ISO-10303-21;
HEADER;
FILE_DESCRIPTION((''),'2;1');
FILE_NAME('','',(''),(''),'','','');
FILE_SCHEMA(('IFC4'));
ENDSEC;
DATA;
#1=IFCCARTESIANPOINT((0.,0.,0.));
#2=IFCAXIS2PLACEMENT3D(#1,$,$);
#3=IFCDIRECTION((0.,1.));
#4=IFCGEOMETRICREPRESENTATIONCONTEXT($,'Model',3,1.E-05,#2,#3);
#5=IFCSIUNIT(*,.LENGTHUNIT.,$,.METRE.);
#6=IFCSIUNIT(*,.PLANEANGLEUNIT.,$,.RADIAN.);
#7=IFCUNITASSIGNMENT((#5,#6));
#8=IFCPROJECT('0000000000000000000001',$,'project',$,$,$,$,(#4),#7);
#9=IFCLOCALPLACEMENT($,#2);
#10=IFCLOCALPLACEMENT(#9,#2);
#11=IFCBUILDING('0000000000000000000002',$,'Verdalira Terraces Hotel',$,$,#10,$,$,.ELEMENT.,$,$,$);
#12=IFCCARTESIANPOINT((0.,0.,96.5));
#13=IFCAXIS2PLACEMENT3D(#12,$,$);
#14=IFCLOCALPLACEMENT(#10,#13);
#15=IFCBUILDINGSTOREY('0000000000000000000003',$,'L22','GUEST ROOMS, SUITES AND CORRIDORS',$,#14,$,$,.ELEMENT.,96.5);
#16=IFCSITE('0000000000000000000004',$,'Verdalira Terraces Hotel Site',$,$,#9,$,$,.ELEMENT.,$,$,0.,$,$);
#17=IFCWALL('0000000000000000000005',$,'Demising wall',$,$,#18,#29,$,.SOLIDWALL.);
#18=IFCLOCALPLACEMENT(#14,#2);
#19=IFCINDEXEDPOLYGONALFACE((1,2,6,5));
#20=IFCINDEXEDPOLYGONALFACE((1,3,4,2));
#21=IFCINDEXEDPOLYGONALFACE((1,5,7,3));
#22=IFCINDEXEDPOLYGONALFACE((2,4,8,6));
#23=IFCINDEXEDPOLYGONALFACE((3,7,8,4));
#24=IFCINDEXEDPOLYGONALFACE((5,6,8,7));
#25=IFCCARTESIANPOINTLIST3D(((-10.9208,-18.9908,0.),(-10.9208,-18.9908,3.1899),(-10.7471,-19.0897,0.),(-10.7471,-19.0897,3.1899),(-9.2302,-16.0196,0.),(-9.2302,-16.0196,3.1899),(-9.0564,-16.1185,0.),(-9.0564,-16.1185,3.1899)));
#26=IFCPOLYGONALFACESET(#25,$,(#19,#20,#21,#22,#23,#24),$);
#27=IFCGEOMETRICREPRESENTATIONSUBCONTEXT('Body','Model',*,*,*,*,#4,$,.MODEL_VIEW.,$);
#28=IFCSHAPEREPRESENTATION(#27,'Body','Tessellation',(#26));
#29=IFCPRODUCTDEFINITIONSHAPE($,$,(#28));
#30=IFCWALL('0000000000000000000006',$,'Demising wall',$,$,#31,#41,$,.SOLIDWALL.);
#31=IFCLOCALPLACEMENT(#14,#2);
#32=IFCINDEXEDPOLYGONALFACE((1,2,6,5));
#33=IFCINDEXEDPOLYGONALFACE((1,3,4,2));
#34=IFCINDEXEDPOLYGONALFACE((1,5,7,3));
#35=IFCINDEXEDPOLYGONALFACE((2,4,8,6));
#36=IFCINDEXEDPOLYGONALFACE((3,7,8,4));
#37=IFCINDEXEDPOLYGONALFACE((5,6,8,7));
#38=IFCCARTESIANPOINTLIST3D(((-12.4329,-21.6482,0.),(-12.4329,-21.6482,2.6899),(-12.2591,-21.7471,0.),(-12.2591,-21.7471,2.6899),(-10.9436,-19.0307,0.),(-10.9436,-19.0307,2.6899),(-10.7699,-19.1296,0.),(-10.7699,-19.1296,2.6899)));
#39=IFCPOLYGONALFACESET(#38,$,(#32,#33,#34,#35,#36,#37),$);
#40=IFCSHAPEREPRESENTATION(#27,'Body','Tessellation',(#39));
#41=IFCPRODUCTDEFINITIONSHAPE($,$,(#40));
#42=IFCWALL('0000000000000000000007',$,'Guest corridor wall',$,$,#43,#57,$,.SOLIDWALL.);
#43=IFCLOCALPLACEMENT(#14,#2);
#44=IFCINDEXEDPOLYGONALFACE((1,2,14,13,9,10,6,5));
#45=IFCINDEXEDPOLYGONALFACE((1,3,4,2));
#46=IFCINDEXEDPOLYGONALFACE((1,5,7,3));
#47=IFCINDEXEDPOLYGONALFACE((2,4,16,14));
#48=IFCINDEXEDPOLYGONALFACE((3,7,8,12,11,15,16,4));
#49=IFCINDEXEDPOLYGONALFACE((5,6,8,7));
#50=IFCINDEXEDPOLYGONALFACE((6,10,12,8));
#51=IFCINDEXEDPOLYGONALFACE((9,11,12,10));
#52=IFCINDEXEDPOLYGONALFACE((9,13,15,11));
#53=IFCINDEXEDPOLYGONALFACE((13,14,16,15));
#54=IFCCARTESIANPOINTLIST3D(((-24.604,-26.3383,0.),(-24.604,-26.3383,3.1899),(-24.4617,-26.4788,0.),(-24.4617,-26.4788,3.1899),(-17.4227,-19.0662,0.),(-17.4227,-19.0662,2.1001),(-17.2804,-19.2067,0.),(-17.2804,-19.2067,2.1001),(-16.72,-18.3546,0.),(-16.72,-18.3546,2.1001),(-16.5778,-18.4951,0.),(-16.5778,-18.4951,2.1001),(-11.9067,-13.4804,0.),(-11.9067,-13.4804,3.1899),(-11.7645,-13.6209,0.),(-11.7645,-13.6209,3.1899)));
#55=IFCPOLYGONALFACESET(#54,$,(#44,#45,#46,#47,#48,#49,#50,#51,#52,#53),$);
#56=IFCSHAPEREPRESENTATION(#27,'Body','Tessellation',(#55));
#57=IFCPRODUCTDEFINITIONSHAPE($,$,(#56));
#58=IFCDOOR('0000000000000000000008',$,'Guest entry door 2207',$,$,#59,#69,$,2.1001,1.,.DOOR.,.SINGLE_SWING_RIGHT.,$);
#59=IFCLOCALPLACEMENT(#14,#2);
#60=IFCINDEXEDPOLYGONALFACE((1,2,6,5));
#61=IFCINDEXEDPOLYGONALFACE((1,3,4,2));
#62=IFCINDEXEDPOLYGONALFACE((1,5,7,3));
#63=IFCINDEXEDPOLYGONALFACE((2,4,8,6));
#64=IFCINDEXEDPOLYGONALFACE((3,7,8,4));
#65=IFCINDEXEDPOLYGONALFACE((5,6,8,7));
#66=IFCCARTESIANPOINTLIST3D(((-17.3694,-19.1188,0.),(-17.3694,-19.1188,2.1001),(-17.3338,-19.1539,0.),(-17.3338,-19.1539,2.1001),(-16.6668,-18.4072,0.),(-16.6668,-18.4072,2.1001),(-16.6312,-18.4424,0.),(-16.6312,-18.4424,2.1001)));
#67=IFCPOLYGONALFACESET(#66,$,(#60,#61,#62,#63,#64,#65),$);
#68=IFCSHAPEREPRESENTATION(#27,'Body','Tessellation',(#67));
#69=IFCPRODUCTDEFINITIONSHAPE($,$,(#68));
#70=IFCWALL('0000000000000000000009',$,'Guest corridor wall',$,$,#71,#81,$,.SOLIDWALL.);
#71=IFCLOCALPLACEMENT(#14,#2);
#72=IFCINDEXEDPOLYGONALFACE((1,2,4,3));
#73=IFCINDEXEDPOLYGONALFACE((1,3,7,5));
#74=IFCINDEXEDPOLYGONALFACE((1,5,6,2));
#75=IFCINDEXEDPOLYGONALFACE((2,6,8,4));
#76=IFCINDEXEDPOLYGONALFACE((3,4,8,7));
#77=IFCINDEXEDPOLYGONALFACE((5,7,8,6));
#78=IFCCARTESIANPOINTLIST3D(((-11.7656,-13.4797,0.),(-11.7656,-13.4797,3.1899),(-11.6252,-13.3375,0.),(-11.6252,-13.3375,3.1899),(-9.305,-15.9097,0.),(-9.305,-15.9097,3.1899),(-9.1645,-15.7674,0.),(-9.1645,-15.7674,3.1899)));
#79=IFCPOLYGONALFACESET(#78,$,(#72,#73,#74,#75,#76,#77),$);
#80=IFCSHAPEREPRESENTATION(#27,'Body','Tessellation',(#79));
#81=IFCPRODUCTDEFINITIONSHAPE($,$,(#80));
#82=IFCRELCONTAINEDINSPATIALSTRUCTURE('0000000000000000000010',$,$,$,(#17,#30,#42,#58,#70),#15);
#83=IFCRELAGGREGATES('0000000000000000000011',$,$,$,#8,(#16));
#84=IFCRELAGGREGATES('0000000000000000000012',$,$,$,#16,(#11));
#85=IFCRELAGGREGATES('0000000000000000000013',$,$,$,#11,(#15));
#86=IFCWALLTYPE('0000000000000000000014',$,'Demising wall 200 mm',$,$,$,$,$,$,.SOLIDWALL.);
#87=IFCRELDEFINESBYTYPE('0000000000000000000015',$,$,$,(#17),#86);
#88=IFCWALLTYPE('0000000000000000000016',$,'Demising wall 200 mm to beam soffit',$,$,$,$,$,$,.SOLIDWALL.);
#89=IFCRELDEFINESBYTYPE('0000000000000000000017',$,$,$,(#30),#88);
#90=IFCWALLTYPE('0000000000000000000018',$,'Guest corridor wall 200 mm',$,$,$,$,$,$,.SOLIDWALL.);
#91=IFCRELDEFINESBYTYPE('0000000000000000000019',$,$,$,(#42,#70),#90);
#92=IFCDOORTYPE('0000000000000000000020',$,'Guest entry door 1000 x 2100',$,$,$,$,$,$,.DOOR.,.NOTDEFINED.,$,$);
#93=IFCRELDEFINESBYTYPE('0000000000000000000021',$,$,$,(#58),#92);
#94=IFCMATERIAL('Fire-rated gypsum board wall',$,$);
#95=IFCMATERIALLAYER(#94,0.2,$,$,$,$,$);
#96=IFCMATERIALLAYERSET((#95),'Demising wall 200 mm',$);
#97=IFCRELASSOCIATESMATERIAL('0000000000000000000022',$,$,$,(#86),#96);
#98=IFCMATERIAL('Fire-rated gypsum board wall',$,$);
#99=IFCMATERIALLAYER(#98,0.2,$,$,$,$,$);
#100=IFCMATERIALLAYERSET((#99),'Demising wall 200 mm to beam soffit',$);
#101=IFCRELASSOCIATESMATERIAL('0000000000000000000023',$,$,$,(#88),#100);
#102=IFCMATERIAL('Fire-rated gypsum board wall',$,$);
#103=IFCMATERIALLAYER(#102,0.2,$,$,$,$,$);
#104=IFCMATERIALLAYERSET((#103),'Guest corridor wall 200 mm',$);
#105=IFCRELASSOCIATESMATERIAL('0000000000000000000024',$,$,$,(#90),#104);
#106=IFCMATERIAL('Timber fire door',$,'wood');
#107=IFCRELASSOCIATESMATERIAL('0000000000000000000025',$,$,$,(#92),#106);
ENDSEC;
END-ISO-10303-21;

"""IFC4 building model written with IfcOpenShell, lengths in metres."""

from ifc_helpers import new_model, si_unit, direction, frame, frame_2d, origin, place, context, subcontext, project, spatial, rectangle, extrude, material, layer, layer_set, type_object, element, fill, save


model = new_model("IFC4")

# Units and contexts
model_context = context("Model", 3, precision=1e-05, world=origin(), true_north=direction((0.0, 1.0)))
body_context = subcontext(model_context, "Body", "Model", "MODEL_VIEW")
ifc_project = project(units=[si_unit("LENGTHUNIT", "METRE"), si_unit("PLANEANGLEUNIT", "RADIAN")], contexts=[model_context])

# Site, building, storey
site_placement = place(None, origin())
site = spatial("IfcSite", under=ifc_project, at=site_placement, Name="Verdalira Terraces Hotel Site", CompositionType="ELEMENT", RefElevation=0.0)
building_placement = place(site_placement, origin())
building = spatial("IfcBuilding", under=site, at=building_placement, Name="Verdalira Terraces Hotel", CompositionType="ELEMENT")
storey_placement = place(building_placement, frame((0.0, 0.0, 96.5)))
storey = spatial("IfcBuildingStorey", under=building, at=storey_placement, Name="L22", Description="GUEST ROOMS, SUITES AND CORRIDORS", CompositionType="ELEMENT", Elevation=96.5)

# Walls
ifc_material_1 = material(Name="Fire-rated gypsum board wall")
ifc_layer_1 = layer(ifc_material_1, 0.2)
ifc_layer_set_1 = layer_set([ifc_layer_1], Name="Demising wall 200 mm")
wall_type_1 = type_object("IfcWallType", Name="Demising wall 200 mm", PredefinedType="SOLIDWALL", material=ifc_layer_set_1)
wall_1_placement = place(storey_placement, frame((-9.1433, -16.0691, 0.0), z_axis=(0.0, 0.0, 1.0), x_axis=(-0.494561, -0.869143, 0.0)))
element("IfcWall", 1, at=wall_1_placement, inside=storey, type_object=wall_type_1, Name="Demising wall", PredefinedType="SOLIDWALL", context=body_context, shape_type="SweptSolid", body=[
    extrude(rectangle(XDim=3.4185, YDim=0.2, at=frame_2d((1.7092, 0.0))), origin(), (0.0, 0.0, 1.0), 3.1899),
])
ifc_material_2 = material(Name="Fire-rated gypsum board wall")
ifc_layer_2 = layer(ifc_material_2, 0.2)
ifc_layer_set_2 = layer_set([ifc_layer_2], Name="Demising wall 200 mm to beam soffit")
wall_type_2 = type_object("IfcWallType", Name="Demising wall 200 mm to beam soffit", PredefinedType="SOLIDWALL", material=ifc_layer_set_2)
wall_2_placement = place(storey_placement, frame((-10.8567, -19.0801, 0.0), z_axis=(0.0, 0.0, 1.0), x_axis=(-0.494532, -0.86916, 0.0)))
element("IfcWall", 2, at=wall_2_placement, inside=storey, type_object=wall_type_2, Name="Demising wall", PredefinedType="SOLIDWALL", context=body_context, shape_type="SweptSolid", body=[
    extrude(rectangle(XDim=3.0115, YDim=0.2, at=frame_2d((1.5059, 0.0))), origin(), (0.0, 0.0, 1.0), 2.6899),
])

# Wall, opening, door
ifc_material_3 = material(Name="Fire-rated gypsum board wall")
ifc_layer_3 = layer(ifc_material_3, 0.2)
ifc_layer_set_3 = layer_set([ifc_layer_3], Name="Guest corridor wall 200 mm")
wall_type_3 = type_object("IfcWallType", Name="Guest corridor wall 200 mm", PredefinedType="SOLIDWALL", material=ifc_layer_set_3)
wall_3_placement = place(storey_placement, frame((-11.8357, -13.5508, 0.0), z_axis=(0.0, 0.0, 1.0), x_axis=(-0.702648, -0.711538, 0.0)))
wall_3 = element("IfcWall", 3, at=wall_3_placement, inside=storey, type_object=wall_type_3, Name="Guest corridor wall", PredefinedType="SOLIDWALL", context=body_context, shape_type="SweptSolid", body=[
    extrude(rectangle(XDim=18.0706, YDim=0.2, at=frame_2d((9.0352, 0.0))), origin(), (0.0, 0.0, 1.0), 3.1899),
])
opening_1_placement = place(wall_3_placement, frame((6.8501, 0.0, 0.0)))
opening_1 = element("IfcOpeningElement", 4, at=opening_1_placement, cuts=wall_3, PredefinedType="OPENING", context=body_context, shape_type="SweptSolid", body=[
    extrude(rectangle(XDim=1.0, YDim=2.1001, at=frame_2d((0.5, 1.05))), frame((0.0, 0.1099, 0.0), z_axis=(0.0, -1.0, 0.0), x_axis=(1.0, 0.0, 0.0)), (0.0, 0.0, 1.0), 0.22),
])
ifc_material_4 = material(Name="Timber fire door", Category="wood")
door_type_1 = type_object("IfcDoorType", Name="Guest entry door 1000 x 2100", OperationType="NOTDEFINED", PredefinedType="DOOR", material=ifc_material_4)
door_1_placement = place(opening_1_placement, origin())
door_1 = element("IfcDoor", 5, at=door_1_placement, inside=storey, type_object=door_type_1, Name="Guest entry door 2207", OperationType="SINGLE_SWING_RIGHT", OverallHeight=2.1001, OverallWidth=1.0, PredefinedType="DOOR", context=body_context, shape_type="SweptSolid", body=[
    extrude(rectangle(XDim=1.0, YDim=2.1001, at=frame_2d((0.5, 1.05))), frame((0.0, 0.0249, 0.0), z_axis=(0.0, -1.0, 0.0), x_axis=(1.0, 0.0, 0.0)), (0.0, 0.0, 1.0), 0.05),
])
fill(opening_1, door_1)

# Wall
wall_4_placement = place(storey_placement, frame((-11.6953, -13.4087, 0.0), z_axis=(0.0, 0.0, 1.0), x_axis=(0.71154, -0.702645, 0.0)))
element("IfcWall", 6, at=wall_4_placement, inside=storey, type_object=wall_type_3, Name="Guest corridor wall", PredefinedType="SOLIDWALL", context=body_context, shape_type="SweptSolid", body=[
    extrude(rectangle(XDim=3.4583, YDim=0.2, at=frame_2d((1.729, 0.0))), origin(), (0.0, 0.0, 1.0), 3.1899),
])

save(model, "model.ifc")
